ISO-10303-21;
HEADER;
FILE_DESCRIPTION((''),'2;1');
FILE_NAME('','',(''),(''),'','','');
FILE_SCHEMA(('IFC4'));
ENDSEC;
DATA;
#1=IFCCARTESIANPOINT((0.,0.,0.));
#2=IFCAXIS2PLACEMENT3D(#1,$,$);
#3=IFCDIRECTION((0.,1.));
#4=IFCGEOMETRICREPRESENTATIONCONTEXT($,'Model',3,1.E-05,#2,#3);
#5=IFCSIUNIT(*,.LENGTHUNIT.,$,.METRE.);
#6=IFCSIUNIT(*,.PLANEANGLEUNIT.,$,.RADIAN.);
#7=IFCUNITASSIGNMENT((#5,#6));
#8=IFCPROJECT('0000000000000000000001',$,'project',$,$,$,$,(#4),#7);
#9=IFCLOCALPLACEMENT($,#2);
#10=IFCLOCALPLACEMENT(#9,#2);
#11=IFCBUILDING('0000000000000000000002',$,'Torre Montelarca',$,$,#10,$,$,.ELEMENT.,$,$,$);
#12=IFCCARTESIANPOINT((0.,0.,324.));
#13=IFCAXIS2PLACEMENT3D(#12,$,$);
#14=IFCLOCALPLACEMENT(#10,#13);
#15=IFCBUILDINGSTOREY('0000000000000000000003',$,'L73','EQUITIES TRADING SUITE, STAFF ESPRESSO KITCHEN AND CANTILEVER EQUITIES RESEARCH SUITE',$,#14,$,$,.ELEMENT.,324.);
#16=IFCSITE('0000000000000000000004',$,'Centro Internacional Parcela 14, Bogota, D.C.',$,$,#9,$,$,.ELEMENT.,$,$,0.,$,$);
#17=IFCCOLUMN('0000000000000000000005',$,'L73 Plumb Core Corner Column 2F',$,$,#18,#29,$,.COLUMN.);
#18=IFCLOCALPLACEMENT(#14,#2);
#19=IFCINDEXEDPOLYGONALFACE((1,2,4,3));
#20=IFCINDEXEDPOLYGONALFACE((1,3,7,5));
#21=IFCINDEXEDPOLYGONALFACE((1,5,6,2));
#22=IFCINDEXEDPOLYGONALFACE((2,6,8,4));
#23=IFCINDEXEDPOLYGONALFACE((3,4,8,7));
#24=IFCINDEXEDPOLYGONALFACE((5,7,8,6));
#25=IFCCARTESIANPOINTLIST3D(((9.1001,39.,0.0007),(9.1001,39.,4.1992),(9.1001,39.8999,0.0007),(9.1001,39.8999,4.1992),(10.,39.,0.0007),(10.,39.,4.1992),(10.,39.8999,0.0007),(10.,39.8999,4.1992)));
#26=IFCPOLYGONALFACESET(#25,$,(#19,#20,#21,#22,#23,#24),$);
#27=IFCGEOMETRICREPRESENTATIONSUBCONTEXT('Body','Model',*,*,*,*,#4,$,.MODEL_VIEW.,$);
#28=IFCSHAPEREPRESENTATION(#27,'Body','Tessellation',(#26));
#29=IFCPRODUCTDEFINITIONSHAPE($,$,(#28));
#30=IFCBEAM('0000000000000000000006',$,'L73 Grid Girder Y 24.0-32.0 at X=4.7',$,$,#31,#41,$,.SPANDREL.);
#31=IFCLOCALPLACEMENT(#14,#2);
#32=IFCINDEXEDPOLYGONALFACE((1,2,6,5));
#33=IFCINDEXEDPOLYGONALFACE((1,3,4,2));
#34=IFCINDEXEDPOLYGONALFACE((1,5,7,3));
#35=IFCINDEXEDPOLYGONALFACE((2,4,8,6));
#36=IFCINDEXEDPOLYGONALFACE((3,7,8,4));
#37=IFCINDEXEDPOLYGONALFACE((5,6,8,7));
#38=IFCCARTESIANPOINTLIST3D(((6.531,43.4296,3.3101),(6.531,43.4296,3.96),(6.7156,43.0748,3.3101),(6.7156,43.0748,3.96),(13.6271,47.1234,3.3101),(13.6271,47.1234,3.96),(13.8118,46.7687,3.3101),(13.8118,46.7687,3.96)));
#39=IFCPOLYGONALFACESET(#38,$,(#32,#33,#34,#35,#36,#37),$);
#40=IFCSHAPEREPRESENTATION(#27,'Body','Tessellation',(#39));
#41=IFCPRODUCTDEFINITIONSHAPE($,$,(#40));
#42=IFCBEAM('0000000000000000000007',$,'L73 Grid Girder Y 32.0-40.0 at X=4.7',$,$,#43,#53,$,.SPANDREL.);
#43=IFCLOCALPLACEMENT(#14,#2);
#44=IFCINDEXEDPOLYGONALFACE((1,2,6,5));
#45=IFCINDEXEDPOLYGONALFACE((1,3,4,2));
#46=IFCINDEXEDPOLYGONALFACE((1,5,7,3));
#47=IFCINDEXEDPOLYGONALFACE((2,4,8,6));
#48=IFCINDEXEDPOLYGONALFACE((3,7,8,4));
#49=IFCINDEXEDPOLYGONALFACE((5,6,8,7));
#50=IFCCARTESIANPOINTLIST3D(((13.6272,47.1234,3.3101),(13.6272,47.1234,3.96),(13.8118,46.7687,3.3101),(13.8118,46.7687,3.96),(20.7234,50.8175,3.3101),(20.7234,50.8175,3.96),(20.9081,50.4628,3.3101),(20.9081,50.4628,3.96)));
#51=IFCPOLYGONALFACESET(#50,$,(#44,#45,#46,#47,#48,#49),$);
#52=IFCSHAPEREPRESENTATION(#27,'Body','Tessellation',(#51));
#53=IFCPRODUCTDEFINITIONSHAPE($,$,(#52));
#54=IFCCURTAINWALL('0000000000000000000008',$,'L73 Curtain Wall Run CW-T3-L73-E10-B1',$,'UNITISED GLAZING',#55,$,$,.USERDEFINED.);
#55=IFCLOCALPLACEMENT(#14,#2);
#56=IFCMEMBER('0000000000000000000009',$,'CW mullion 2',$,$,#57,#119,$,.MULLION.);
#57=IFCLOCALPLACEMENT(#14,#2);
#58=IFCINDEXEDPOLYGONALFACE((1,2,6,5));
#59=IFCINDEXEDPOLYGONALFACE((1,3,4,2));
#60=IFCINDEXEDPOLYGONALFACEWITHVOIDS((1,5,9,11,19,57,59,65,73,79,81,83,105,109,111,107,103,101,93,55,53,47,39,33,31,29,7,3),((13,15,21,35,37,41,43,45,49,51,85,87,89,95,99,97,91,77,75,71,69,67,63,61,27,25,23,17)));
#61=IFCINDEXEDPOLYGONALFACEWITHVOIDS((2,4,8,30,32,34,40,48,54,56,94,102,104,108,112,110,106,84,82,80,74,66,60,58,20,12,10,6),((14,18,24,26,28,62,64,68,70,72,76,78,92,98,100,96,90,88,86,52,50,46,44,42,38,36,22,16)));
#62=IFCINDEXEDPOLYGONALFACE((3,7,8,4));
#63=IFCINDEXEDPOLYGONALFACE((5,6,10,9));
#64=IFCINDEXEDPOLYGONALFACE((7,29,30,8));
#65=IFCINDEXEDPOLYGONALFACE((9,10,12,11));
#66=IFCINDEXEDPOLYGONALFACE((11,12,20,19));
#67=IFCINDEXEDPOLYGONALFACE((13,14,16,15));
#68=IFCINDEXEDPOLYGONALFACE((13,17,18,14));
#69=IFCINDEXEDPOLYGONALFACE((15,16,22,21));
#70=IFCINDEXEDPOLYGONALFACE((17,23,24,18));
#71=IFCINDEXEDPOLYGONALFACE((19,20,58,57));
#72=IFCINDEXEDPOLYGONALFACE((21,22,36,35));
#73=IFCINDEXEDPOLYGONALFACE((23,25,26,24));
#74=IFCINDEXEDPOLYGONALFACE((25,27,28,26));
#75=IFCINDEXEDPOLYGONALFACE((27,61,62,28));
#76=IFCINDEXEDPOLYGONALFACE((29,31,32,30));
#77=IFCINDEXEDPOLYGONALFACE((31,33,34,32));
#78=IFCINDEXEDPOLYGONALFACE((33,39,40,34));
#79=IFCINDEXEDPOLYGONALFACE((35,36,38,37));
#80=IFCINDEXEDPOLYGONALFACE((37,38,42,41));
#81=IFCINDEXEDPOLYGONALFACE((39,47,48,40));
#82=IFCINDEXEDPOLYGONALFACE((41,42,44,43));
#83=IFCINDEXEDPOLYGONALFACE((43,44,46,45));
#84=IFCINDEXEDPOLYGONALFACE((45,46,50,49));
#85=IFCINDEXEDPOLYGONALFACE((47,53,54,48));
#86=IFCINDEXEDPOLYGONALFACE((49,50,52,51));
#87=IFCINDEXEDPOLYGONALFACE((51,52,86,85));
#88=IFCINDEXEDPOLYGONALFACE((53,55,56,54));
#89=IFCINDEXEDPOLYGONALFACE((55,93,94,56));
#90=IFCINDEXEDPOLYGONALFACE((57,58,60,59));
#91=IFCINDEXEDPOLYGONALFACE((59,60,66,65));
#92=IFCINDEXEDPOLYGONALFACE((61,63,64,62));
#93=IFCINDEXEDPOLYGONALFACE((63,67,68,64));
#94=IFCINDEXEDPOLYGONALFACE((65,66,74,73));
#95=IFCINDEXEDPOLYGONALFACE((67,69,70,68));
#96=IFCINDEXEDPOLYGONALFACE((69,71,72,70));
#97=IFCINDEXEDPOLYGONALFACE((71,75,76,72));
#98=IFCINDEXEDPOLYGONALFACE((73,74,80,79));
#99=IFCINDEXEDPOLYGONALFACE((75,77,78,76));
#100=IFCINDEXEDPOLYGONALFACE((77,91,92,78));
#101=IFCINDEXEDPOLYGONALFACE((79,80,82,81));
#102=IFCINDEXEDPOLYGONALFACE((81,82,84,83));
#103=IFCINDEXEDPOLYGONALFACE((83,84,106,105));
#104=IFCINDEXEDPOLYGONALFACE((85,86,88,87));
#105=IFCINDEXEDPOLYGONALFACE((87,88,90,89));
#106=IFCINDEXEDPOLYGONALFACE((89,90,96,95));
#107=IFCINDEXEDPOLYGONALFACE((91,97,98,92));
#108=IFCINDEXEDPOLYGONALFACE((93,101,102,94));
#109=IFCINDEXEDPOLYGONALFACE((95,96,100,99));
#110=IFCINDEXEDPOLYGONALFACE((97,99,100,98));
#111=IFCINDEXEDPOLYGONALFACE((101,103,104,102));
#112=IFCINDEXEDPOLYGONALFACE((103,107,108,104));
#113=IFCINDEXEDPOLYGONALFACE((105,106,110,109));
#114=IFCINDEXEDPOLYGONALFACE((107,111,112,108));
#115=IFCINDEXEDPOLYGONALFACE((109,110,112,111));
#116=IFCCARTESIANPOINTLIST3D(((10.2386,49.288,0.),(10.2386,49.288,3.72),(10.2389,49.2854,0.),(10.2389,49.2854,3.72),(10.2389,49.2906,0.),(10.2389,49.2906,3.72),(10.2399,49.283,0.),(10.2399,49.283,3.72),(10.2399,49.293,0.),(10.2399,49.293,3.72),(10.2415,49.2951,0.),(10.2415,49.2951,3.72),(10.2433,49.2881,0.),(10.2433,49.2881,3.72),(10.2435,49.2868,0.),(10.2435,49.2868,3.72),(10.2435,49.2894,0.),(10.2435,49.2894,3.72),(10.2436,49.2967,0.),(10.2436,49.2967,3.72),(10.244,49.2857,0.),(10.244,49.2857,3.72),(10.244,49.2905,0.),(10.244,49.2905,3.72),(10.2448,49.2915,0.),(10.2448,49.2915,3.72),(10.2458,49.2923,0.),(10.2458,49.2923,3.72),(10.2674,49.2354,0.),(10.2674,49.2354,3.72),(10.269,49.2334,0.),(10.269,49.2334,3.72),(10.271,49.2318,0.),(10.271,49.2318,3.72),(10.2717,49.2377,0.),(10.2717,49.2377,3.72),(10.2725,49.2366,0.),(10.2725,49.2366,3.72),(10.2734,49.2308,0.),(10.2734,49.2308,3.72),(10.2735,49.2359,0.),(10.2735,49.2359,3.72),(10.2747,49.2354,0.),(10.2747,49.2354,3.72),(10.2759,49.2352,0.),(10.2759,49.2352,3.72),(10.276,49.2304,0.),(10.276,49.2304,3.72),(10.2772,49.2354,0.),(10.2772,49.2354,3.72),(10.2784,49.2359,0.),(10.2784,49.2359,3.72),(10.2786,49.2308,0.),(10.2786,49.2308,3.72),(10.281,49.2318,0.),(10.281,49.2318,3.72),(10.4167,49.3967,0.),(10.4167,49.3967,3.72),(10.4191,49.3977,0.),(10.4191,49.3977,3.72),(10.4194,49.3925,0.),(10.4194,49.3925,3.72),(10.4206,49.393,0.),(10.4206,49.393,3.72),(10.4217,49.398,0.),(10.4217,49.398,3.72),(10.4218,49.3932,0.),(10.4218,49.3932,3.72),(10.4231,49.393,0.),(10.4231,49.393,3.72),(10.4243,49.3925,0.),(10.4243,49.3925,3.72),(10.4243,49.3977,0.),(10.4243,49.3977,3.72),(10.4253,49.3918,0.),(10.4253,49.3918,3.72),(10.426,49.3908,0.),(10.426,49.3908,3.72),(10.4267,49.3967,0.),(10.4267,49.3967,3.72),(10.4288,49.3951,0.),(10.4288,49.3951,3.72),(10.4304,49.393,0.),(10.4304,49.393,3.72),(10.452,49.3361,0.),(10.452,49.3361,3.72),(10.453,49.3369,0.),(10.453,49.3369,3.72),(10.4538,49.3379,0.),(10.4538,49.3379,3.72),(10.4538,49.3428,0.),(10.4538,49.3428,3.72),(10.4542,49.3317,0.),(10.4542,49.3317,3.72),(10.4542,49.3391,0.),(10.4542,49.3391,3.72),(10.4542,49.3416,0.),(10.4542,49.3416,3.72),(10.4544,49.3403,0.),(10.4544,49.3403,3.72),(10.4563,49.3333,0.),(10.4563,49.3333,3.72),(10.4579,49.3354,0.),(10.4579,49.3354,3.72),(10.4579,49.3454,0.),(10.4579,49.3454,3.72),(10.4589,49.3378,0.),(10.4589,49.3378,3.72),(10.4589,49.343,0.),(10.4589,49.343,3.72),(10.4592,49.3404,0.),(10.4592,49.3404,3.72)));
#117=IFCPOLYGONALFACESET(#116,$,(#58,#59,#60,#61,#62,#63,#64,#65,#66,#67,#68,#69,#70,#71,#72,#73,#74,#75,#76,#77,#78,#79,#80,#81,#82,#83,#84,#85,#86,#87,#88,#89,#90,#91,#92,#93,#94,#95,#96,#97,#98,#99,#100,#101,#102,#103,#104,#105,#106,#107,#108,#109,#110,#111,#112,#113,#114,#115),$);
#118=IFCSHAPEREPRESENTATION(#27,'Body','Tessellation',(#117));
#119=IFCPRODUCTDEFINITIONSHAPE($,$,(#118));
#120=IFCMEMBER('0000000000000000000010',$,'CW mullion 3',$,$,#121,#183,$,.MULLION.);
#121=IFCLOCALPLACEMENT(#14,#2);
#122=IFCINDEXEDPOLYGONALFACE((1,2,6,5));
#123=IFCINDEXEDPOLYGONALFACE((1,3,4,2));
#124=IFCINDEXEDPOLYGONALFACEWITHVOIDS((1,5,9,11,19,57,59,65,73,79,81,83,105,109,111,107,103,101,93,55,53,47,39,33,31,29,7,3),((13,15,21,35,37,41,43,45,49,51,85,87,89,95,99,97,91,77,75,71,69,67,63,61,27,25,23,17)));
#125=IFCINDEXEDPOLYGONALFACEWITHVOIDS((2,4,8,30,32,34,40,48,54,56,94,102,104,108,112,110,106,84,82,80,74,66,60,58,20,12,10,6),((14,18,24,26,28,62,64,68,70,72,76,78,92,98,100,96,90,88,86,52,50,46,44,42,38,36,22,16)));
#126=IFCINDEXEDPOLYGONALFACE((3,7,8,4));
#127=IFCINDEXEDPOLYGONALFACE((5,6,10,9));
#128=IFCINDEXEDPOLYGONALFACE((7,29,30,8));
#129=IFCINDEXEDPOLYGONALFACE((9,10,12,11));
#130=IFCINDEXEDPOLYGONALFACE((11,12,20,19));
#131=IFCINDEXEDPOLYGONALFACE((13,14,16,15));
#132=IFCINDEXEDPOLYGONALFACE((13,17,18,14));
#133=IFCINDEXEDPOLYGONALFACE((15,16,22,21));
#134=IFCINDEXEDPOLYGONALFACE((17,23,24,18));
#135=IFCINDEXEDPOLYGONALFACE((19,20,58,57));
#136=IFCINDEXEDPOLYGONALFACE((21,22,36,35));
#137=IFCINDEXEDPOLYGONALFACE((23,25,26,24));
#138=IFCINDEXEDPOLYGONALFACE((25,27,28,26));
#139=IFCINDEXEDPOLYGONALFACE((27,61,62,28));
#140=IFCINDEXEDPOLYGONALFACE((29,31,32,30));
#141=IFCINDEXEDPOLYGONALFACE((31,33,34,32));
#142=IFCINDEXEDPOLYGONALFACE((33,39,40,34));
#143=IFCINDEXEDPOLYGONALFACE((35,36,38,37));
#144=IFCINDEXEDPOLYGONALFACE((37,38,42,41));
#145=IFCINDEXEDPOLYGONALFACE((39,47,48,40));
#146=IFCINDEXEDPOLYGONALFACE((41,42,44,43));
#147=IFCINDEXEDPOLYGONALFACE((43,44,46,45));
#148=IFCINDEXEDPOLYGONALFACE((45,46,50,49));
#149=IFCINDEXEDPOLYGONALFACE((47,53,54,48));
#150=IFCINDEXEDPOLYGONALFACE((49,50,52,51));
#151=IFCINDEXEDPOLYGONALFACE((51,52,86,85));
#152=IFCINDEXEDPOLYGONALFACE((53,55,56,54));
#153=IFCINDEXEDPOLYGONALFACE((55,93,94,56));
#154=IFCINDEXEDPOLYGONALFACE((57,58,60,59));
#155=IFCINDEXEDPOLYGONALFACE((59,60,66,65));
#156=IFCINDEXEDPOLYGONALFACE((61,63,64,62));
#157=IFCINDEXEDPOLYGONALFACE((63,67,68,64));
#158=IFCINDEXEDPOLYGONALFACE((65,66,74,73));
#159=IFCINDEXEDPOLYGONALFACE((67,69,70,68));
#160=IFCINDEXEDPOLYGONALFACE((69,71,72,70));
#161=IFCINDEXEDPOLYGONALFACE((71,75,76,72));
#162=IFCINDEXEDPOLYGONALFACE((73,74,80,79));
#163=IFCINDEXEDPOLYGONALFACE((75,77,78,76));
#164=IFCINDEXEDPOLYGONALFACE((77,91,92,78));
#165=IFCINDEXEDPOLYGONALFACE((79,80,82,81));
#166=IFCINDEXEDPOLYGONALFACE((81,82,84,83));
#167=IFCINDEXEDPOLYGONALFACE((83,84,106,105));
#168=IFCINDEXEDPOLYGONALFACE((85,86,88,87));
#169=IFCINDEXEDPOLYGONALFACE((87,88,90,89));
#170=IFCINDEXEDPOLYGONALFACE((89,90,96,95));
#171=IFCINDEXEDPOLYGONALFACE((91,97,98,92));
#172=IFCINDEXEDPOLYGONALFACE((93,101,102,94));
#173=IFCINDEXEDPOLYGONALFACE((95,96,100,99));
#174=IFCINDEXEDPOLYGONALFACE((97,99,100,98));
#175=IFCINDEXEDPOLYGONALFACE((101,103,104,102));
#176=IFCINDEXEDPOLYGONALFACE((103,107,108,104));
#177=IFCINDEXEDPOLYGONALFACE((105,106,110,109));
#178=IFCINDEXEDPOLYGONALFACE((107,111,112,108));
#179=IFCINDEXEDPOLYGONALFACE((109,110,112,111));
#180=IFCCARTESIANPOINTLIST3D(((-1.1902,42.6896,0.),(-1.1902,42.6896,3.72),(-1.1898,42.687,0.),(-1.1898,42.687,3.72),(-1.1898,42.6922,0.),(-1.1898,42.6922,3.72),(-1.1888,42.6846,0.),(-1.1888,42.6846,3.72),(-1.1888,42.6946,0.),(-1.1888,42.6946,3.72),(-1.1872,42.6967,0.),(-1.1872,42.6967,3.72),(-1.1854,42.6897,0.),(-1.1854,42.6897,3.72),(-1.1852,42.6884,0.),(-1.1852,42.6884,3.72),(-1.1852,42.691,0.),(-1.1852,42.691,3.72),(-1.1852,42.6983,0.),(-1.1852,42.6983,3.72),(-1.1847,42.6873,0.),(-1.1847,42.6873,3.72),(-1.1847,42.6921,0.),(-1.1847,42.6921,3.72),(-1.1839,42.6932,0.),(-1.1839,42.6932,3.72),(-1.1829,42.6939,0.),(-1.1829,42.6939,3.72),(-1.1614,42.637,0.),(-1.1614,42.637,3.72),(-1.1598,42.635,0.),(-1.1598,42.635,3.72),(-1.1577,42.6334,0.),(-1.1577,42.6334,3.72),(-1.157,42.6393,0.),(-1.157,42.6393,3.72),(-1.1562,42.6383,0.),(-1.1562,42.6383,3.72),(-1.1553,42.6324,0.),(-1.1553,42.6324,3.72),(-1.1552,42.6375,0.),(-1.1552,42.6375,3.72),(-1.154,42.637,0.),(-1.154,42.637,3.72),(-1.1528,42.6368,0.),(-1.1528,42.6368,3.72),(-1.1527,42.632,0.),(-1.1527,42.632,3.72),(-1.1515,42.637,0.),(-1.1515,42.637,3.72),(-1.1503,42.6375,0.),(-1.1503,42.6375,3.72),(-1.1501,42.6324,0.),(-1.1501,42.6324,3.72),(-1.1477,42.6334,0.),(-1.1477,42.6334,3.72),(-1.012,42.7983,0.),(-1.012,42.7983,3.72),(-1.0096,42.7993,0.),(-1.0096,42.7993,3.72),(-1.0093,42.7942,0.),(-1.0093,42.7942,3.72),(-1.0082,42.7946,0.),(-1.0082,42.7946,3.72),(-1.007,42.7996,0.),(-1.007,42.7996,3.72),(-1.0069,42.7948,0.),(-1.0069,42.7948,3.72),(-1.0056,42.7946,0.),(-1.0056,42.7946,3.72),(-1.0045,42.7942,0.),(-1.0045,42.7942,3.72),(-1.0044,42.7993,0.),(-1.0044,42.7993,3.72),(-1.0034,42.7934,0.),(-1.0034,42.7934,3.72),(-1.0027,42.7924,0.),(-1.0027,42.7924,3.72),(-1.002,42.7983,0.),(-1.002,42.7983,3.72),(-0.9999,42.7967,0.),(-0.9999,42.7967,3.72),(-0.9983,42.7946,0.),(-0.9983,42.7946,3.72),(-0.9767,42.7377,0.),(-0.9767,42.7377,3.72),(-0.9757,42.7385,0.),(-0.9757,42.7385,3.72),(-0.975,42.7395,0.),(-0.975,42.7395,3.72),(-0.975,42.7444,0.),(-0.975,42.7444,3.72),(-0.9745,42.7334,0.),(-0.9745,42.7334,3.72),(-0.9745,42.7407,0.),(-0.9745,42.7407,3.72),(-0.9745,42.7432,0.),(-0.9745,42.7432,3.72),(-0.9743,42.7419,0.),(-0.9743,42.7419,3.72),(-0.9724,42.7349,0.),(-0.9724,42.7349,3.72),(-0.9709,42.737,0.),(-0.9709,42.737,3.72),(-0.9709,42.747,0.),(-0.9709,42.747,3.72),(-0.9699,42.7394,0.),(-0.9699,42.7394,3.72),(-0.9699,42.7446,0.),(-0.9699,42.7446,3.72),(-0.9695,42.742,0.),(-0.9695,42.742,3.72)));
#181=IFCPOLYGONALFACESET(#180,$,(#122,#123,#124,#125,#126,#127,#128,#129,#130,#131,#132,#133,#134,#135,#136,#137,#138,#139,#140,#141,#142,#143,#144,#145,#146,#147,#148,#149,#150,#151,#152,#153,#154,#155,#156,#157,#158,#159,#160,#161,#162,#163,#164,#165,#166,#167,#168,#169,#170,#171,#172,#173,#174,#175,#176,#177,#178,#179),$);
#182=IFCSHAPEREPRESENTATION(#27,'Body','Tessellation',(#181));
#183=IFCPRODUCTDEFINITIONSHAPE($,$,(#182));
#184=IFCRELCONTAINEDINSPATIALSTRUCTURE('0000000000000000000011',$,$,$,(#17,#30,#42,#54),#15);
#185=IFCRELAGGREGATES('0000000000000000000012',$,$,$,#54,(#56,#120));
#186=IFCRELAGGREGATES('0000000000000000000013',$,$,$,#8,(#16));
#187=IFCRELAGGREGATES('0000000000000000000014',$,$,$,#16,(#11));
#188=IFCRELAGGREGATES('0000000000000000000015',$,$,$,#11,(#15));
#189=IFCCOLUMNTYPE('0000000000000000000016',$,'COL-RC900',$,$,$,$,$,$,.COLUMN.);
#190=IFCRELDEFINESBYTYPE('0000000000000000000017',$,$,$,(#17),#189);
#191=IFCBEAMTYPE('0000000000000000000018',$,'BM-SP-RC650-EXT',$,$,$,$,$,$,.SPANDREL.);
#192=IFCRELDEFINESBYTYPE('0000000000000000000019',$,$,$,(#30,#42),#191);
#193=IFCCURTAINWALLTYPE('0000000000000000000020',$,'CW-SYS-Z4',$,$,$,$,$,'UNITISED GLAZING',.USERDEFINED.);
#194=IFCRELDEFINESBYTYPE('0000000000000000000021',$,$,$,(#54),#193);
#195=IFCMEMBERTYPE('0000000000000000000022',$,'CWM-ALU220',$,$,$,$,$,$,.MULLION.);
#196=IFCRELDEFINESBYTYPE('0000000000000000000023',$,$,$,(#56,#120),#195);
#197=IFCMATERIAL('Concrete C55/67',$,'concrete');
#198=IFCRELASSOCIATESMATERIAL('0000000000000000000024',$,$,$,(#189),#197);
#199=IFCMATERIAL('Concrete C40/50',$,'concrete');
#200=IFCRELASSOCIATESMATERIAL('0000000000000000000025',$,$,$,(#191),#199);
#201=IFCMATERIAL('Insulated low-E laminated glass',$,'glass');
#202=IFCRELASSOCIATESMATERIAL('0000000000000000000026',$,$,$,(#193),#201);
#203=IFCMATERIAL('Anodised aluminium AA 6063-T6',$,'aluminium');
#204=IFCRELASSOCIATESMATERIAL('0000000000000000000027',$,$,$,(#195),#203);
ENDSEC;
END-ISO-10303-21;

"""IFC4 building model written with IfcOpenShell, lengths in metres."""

from ifc_helpers import new_model, si_unit, direction, frame, origin, origin_2d, place, context, subcontext, project, spatial, rectangle, hollow_rectangle, extrude, source, transform, mapped, material, material_profile, profile_set, type_object, element, aggregate, save


model = new_model("IFC4")

# Units and contexts
model_context = context("Model", 3, precision=1e-05, world=origin(), true_north=direction((0.0, 1.0)))
body_context = subcontext(model_context, "Body", "Model", "MODEL_VIEW")
ifc_project = project(units=[si_unit("LENGTHUNIT", "METRE"), si_unit("PLANEANGLEUNIT", "RADIAN")], contexts=[model_context])

# Site, building, storey
site_placement = place(None, origin())
site = spatial("IfcSite", under=ifc_project, at=site_placement, Name="Centro Internacional Parcela 14, Bogota, D.C.", CompositionType="ELEMENT", RefElevation=0.0)
building_placement = place(site_placement, origin())
building = spatial("IfcBuilding", under=site, at=building_placement, Name="Torre Montelarca", CompositionType="ELEMENT")
storey_placement = place(building_placement, frame((0.0, 0.0, 324.0)))
storey = spatial("IfcBuildingStorey", under=building, at=storey_placement, Name="L73", Description="EQUITIES TRADING SUITE, STAFF ESPRESSO KITCHEN AND CANTILEVER EQUITIES RESEARCH SUITE", CompositionType="ELEMENT", Elevation=324.0)

# Column
ifc_material_1 = material(Name="Concrete C40/50", Category="concrete")
ifc_material_2 = material(Name="Concrete C55/67", Category="concrete")
ifc_material_profile_1 = material_profile(ifc_material_2, rectangle(XDim=0.8999, YDim=0.8999, at=origin_2d()), Name="RC900X900", Category="concrete")
ifc_profile_set_1 = profile_set([ifc_material_profile_1], Name="Concrete C55/67")
column_type_1 = type_object("IfcColumnType", Name="COL-RC900", PredefinedType="COLUMN", material=ifc_profile_set_1)
shared_shape_1 = source(origin(), body_context, "Body", "SweptSolid", [
    extrude(rectangle(XDim=0.8999, YDim=0.8999, at=origin_2d()), origin(), (0.0, 0.0, 1.0), 4.1985),
])
column_1_placement = place(storey_placement, frame((9.55, 39.45, 0.0007), z_axis=(0.0, 0.0, 1.0), x_axis=(1.0, 0.0, 0.0)))
element("IfcColumn", 1, at=column_1_placement, inside=storey, type_object=column_type_1, Name="L73 Plumb Core Corner Column 2F", PredefinedType="COLUMN", context=body_context, shape_type="MappedRepresentation", body=[
    mapped(shared_shape_1, transform((0.0, 0.0, 0.0), scale=1.0)),
])

# Beams
ifc_material_profile_2 = material_profile(ifc_material_1, rectangle(XDim=0.3999, YDim=0.6499, at=origin_2d()), Name="RCB400X650", Category="concrete")
ifc_profile_set_2 = profile_set([ifc_material_profile_2], Name="Concrete C40/50")
beam_type = type_object("IfcBeamType", Name="BM-SP-RC650-EXT", PredefinedType="SPANDREL", material=ifc_profile_set_2)
shared_shape_2 = source(origin(), body_context, "Body", "SweptSolid", [
    extrude(rectangle(XDim=0.3999, YDim=0.6499, at=origin_2d()), origin(), (0.0, 0.0, 1.0), 8.0),
])
beam_1_placement = place(storey_placement, frame((6.6233, 43.2522, 3.635), z_axis=(0.887021, 0.461729, 0.0), x_axis=(-0.461729, 0.887021, 0.0)))
element("IfcBeam", 2, at=beam_1_placement, inside=storey, type_object=beam_type, Name="L73 Grid Girder Y 24.0-32.0 at X=4.7", PredefinedType="SPANDREL", context=body_context, shape_type="MappedRepresentation", body=[
    mapped(shared_shape_2, transform((0.0, 0.0, 0.0), scale=1.0)),
])
shared_shape_3 = source(origin(), body_context, "Body", "SweptSolid", [
    extrude(rectangle(XDim=0.3999, YDim=0.6499, at=origin_2d()), origin(), (0.0, 0.0, 1.0), 8.0002),
])
beam_2_placement = place(storey_placement, frame((13.7195, 46.946, 3.635), z_axis=(0.887008, 0.461753, 0.0), x_axis=(-0.461753, 0.887008, 0.0)))
element("IfcBeam", 3, at=beam_2_placement, inside=storey, type_object=beam_type, Name="L73 Grid Girder Y 32.0-40.0 at X=4.7", PredefinedType="SPANDREL", context=body_context, shape_type="MappedRepresentation", body=[
    mapped(shared_shape_3, transform((0.0, 0.0, 0.0), scale=1.0)),
])

# Curtain wall, members
ifc_material_3 = material(Name="Insulated low-E laminated glass", Category="glass")
curtain_wall_type = type_object("IfcCurtainWallType", Name="CW-SYS-Z4", ElementType="UNITISED GLAZING", PredefinedType="USERDEFINED", material=ifc_material_3)
curtain_wall_1_placement = place(storey_placement, origin())
curtain_wall_1 = element("IfcCurtainWall", 4, at=curtain_wall_1_placement, inside=storey, type_object=curtain_wall_type, Name="L73 Curtain Wall Run CW-T3-L73-E10-B1", ObjectType="UNITISED GLAZING", PredefinedType="USERDEFINED")
ifc_material_4 = material(Name="Anodised aluminium AA 6063-T6", Category="aluminium")
ifc_material_profile_3 = material_profile(ifc_material_4, hollow_rectangle(XDim=0.075, YDim=0.22, WallThickness=0.0049, InnerFilletRadius=0.0049, OuterFilletRadius=0.01, at=origin_2d()), Name="ALU75X220X5", Category="aluminium")
ifc_profile_set_3 = profile_set([ifc_material_profile_3], Name="Anodised aluminium AA 6063-T6")
member_type_1 = type_object("IfcMemberType", Name="CWM-ALU220", PredefinedType="MULLION", material=ifc_profile_set_3)
shared_shape_4 = source(origin(), body_context, "Body", "SweptSolid", [
    extrude(hollow_rectangle(XDim=0.075, YDim=0.22, WallThickness=0.0049, InnerFilletRadius=0.0049, OuterFilletRadius=0.01, at=origin_2d()), origin(), (0.0, 0.0, 1.0), 3.72),
])
member_1_placement = place(storey_placement, frame((10.3489, 49.3142, 0.0), z_axis=(0.0, 0.0, 1.0), x_axis=(0.5, -0.866025, 0.0)))
member_1 = element("IfcMember", 5, at=member_1_placement, type_object=member_type_1, Name="CW mullion 2", PredefinedType="MULLION", context=body_context, shape_type="MappedRepresentation", body=[
    mapped(shared_shape_4, transform((0.0, 0.0, 0.0), scale=1.0)),
])
member_2_placement = place(storey_placement, frame((-1.0798, 42.7158, 0.0), z_axis=(0.0, 0.0, 1.0), x_axis=(0.5, -0.866025, 0.0)))
member_2 = element("IfcMember", 6, at=member_2_placement, type_object=member_type_1, Name="CW mullion 3", PredefinedType="MULLION", context=body_context, shape_type="MappedRepresentation", body=[
    mapped(shared_shape_4, transform((0.0, 0.0, 0.0), scale=1.0)),
])

aggregate(curtain_wall_1, [member_1, member_2])

save(model, "model.ifc")
